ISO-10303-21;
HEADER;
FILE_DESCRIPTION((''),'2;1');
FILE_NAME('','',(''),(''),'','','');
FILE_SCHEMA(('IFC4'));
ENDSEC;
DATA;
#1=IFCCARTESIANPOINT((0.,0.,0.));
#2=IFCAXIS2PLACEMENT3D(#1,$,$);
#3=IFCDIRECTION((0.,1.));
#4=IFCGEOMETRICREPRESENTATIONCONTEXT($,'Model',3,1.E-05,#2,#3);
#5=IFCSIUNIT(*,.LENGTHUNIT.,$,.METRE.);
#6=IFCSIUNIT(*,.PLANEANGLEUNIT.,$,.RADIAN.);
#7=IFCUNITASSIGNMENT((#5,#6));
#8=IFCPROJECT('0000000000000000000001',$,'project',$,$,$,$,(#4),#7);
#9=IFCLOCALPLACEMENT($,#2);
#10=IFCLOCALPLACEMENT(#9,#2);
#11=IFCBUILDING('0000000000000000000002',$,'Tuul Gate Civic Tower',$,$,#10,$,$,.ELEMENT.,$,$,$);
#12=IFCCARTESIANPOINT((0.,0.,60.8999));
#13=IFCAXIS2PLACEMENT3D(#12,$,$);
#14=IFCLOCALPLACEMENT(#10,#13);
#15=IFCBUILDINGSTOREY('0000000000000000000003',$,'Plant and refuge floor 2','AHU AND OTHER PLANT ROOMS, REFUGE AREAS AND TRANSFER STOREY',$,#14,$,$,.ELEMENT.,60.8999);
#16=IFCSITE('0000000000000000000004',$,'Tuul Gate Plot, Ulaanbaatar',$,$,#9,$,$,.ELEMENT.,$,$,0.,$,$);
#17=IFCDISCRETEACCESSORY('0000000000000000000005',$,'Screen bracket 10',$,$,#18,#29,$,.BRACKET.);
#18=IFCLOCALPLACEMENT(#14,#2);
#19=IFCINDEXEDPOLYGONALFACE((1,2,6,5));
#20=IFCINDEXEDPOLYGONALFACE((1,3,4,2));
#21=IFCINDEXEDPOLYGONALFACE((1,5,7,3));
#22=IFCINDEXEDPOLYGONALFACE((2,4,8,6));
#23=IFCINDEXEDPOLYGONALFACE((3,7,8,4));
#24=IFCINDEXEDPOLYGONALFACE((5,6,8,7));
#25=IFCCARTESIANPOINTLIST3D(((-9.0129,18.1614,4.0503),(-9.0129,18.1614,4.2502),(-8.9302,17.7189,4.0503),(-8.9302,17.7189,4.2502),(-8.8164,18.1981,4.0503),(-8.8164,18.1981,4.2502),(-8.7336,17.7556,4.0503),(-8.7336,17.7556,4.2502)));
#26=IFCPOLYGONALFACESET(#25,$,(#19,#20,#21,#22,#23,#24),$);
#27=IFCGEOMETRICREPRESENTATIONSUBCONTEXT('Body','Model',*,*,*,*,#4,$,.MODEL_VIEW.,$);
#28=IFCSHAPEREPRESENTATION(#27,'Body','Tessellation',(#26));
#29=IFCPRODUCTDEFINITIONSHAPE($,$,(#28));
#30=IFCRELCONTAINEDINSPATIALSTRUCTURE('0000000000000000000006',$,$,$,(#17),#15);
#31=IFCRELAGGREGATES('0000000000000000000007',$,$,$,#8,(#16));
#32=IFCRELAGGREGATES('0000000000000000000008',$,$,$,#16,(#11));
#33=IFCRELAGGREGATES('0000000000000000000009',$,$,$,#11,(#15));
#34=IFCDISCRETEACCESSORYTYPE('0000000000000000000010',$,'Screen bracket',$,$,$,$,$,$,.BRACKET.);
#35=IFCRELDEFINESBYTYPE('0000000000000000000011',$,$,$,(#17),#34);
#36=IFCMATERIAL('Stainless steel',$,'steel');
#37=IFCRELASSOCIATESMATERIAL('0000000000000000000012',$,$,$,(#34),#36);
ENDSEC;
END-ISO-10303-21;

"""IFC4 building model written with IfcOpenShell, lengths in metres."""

from ifc_helpers import new_model, si_unit, direction, frame, origin, origin_2d, place, context, subcontext, project, spatial, rectangle, extrude, material, type_object, element, save


model = new_model("IFC4")

# Units and contexts
model_context = context("Model", 3, precision=1e-05, world=origin(), true_north=direction((0.0, 1.0)))
body_context = subcontext(model_context, "Body", "Model", "MODEL_VIEW")
ifc_project = project(units=[si_unit("LENGTHUNIT", "METRE"), si_unit("PLANEANGLEUNIT", "RADIAN")], contexts=[model_context])

# Site, building, storey
site_placement = place(None, origin())
site = spatial("IfcSite", under=ifc_project, at=site_placement, Name="Tuul Gate Plot, Ulaanbaatar", CompositionType="ELEMENT", RefElevation=0.0)
building_placement = place(site_placement, origin())
building = spatial("IfcBuilding", under=site, at=building_placement, Name="Tuul Gate Civic Tower", CompositionType="ELEMENT")
storey_placement = place(building_placement, frame((0.0, 0.0, 60.8999)))
storey = spatial("IfcBuildingStorey", under=building, at=storey_placement, Name="Plant and refuge floor 2", Description="AHU AND OTHER PLANT ROOMS, REFUGE AREAS AND TRANSFER STOREY", CompositionType="ELEMENT", Elevation=60.8999)

# Discrete accessory
ifc_material_1 = material(Name="Stainless steel", Category="steel")
discrete_accessory_type_1 = type_object("IfcDiscreteAccessoryType", Name="Screen bracket", PredefinedType="BRACKET", material=ifc_material_1)
discrete_accessory_1_placement = place(storey_placement, frame((-8.8733, 17.9585, 4.0503), z_axis=(0.0, 0.0, 1.0), x_axis=(-0.183848, 0.982955, 0.0)))
element("IfcDiscreteAccessory", 1, at=discrete_accessory_1_placement, inside=storey, type_object=discrete_accessory_type_1, Name="Screen bracket 10", PredefinedType="BRACKET", context=body_context, shape_type="SweptSolid", body=[
    extrude(rectangle(XDim=0.4502, YDim=0.2, at=origin_2d()), origin(), (0.0, 0.0, 1.0), 0.2),
])

save(model, "model.ifc")
